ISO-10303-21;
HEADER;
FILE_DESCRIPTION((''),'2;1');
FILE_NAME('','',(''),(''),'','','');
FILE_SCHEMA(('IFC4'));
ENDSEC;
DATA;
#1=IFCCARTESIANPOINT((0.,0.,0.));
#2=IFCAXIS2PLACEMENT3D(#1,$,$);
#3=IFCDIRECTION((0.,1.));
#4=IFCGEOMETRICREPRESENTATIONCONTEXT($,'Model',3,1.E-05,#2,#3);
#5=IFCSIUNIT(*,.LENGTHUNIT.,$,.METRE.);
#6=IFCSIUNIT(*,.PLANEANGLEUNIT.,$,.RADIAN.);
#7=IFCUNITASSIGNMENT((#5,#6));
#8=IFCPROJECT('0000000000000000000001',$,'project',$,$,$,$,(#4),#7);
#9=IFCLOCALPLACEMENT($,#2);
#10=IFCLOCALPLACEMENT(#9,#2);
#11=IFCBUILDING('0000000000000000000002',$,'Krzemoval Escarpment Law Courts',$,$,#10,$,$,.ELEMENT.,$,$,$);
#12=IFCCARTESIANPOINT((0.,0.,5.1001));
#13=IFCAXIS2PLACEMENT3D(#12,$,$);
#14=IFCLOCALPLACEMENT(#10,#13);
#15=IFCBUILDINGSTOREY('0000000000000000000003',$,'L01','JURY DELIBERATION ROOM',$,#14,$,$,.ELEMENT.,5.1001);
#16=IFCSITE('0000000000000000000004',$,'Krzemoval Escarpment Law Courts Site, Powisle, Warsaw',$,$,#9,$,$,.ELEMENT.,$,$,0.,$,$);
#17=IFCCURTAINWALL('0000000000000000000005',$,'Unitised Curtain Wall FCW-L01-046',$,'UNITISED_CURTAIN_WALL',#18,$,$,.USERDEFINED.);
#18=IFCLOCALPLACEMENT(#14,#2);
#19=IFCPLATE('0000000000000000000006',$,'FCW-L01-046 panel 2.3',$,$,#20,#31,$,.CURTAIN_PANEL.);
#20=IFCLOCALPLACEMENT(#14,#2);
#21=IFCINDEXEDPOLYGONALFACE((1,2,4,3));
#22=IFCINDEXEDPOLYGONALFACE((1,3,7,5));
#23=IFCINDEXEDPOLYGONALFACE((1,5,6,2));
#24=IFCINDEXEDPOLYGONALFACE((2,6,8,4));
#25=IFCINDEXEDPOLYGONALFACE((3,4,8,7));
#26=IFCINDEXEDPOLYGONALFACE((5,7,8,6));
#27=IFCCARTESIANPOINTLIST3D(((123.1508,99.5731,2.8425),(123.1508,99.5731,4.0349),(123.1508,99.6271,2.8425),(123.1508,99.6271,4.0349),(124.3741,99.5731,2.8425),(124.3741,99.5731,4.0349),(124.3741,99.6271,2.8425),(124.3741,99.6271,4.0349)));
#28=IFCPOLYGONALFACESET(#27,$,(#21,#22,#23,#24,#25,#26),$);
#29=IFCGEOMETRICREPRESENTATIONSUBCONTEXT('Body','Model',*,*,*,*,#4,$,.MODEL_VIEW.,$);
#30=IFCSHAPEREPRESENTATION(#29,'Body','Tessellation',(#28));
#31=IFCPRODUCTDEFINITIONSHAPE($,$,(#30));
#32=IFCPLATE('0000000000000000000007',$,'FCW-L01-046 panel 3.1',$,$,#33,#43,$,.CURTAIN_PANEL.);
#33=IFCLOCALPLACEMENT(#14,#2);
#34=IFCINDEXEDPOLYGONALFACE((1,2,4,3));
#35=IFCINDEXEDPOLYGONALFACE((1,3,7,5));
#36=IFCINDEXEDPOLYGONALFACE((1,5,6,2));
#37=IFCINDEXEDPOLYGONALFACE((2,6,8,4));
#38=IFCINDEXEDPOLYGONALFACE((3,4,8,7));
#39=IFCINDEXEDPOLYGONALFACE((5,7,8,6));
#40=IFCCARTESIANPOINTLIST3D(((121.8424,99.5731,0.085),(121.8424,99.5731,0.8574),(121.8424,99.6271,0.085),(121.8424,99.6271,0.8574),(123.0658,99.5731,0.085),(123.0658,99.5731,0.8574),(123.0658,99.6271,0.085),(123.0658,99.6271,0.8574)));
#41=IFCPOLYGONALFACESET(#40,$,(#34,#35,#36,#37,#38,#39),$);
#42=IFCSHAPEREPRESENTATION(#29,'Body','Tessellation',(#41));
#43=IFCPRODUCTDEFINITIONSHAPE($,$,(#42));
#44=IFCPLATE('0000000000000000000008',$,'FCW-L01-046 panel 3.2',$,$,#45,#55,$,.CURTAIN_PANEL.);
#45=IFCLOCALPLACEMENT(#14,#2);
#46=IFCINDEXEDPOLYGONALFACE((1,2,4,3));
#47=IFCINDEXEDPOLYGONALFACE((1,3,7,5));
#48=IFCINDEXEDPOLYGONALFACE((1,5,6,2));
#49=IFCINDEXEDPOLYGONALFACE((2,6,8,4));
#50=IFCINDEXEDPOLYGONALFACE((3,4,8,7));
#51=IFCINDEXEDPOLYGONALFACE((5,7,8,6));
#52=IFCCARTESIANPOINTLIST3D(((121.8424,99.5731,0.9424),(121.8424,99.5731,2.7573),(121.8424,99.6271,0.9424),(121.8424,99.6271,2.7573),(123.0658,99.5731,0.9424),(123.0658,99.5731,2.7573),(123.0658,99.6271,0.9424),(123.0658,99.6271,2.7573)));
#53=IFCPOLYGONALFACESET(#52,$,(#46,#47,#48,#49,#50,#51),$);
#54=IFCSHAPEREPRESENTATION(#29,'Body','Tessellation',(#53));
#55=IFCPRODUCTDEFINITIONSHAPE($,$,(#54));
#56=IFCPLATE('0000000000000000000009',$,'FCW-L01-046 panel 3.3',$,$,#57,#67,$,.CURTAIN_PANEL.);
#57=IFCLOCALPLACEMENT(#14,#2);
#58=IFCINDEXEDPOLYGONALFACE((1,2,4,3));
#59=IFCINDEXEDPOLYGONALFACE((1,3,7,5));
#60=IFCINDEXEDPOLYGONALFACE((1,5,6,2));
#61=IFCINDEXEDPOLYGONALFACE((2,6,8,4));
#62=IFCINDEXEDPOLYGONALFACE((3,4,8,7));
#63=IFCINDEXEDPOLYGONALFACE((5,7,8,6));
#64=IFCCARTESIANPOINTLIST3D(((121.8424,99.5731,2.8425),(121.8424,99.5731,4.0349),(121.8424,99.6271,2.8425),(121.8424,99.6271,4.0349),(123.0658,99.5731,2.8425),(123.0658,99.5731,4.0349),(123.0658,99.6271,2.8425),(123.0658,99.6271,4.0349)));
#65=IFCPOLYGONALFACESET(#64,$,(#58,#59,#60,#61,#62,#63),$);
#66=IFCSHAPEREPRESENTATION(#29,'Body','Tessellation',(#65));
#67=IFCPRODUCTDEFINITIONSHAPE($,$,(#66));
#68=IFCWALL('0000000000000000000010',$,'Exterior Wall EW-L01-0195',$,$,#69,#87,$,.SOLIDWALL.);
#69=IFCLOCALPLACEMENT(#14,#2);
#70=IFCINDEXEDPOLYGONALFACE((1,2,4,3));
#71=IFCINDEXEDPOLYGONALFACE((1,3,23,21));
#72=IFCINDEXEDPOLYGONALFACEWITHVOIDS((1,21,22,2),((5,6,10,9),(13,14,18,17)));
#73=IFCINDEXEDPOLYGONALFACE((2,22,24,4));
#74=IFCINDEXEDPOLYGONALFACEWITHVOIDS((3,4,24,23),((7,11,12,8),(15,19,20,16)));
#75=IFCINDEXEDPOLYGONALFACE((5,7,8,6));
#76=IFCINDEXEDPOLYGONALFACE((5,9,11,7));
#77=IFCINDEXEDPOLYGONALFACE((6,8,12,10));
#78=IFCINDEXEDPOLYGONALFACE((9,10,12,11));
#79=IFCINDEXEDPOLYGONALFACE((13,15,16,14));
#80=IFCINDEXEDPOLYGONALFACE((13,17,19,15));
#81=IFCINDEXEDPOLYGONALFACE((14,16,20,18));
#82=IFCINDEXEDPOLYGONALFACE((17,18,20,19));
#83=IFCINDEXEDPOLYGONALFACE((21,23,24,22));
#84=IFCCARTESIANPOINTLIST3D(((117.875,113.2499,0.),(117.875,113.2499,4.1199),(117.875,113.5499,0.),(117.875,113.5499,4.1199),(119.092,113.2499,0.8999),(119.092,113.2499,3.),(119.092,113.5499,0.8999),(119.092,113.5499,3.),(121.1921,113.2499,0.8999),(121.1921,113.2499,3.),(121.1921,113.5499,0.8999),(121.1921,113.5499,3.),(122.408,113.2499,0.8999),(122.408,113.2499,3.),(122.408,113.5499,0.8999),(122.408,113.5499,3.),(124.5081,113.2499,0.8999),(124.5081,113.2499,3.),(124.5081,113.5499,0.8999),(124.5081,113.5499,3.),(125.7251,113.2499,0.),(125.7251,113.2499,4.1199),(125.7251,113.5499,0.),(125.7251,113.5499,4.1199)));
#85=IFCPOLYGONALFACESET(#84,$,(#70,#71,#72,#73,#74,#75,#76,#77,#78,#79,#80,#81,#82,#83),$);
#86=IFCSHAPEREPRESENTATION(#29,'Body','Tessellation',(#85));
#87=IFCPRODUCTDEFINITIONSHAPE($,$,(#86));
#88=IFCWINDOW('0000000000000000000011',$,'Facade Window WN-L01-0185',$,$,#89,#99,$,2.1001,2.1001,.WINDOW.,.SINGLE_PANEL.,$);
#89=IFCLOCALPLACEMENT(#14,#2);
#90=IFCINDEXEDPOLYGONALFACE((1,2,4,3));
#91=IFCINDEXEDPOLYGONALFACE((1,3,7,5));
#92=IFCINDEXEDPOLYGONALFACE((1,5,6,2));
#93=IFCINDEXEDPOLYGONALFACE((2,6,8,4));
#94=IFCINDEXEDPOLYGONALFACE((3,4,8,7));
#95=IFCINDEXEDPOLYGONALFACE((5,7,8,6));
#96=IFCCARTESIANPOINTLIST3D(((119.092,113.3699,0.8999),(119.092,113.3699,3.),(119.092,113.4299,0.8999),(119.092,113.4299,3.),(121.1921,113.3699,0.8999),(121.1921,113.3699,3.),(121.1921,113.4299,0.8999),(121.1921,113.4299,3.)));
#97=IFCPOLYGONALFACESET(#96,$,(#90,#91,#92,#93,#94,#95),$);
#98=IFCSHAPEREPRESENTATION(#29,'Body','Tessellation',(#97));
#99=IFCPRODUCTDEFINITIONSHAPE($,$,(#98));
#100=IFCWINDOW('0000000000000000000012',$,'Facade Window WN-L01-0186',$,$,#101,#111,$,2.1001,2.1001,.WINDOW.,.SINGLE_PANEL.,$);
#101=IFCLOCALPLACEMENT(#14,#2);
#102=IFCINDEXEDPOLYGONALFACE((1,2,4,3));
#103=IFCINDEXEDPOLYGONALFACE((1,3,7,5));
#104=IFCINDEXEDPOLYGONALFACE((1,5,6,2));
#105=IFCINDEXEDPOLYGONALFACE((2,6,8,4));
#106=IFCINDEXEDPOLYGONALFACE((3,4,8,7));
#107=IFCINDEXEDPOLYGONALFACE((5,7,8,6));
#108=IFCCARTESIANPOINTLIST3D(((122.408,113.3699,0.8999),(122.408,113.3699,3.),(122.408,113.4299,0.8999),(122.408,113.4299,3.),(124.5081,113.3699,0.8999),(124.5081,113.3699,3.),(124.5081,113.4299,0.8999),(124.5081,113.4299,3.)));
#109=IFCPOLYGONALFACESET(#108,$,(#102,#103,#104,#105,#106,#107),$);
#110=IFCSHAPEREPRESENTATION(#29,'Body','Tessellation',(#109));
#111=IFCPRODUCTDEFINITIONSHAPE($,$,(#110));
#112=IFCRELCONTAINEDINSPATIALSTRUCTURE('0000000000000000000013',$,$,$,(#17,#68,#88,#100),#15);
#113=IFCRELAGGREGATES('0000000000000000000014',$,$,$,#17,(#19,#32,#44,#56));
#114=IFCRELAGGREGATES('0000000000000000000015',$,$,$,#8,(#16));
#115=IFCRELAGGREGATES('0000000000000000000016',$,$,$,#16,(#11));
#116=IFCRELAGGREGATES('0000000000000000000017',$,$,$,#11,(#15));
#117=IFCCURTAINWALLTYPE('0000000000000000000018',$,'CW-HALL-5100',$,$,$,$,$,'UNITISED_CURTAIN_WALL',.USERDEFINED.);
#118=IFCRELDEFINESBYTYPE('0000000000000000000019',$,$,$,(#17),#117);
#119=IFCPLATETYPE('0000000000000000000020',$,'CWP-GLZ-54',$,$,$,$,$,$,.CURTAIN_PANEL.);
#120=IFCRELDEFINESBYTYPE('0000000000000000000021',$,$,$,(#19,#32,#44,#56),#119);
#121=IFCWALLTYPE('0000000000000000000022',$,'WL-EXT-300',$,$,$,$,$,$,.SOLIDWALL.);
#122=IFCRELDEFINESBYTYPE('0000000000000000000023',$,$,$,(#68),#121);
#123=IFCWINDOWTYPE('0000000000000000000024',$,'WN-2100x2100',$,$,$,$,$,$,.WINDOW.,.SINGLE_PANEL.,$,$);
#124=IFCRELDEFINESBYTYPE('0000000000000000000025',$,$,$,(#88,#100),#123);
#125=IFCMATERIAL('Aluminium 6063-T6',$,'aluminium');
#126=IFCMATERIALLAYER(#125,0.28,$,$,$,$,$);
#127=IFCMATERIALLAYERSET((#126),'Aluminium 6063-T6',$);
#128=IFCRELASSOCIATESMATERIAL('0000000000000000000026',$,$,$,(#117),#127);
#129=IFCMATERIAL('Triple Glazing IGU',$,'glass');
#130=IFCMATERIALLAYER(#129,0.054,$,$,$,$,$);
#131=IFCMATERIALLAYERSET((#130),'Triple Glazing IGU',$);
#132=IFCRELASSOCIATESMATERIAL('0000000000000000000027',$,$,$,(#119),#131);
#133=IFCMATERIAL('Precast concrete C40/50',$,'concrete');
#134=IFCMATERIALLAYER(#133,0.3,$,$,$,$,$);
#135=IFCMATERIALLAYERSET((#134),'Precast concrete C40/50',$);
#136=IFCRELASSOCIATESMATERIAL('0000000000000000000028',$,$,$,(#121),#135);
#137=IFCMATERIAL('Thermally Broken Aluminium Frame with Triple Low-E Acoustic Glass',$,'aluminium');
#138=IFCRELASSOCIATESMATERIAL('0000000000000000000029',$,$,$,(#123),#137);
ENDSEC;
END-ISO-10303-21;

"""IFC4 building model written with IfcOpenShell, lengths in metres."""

from ifc_helpers import new_model, si_unit, direction, frame, frame_2d, origin, origin_2d, place, context, subcontext, project, spatial, rectangle, extrude, material, layer, layer_set, type_object, element, fill, aggregate, save


model = new_model("IFC4")

# Units and contexts
model_context = context("Model", 3, precision=1e-05, world=origin(), true_north=direction((0.0, 1.0)))
body_context = subcontext(model_context, "Body", "Model", "MODEL_VIEW")
ifc_project = project(units=[si_unit("LENGTHUNIT", "METRE"), si_unit("PLANEANGLEUNIT", "RADIAN")], contexts=[model_context])

# Site, building, storey
site_placement = place(None, origin())
site = spatial("IfcSite", under=ifc_project, at=site_placement, Name="Krzemoval Escarpment Law Courts Site, Powisle, Warsaw", CompositionType="ELEMENT", RefElevation=0.0)
building_placement = place(site_placement, origin())
building = spatial("IfcBuilding", under=site, at=building_placement, Name="Krzemoval Escarpment Law Courts", CompositionType="ELEMENT")
storey_placement = place(building_placement, frame((0.0, 0.0, 5.1001)))
storey = spatial("IfcBuildingStorey", under=building, at=storey_placement, Name="L01", Description="JURY DELIBERATION ROOM", CompositionType="ELEMENT", Elevation=5.1001)

# Curtain wall
ifc_material_1 = material(Name="Aluminium 6063-T6", Category="aluminium")
ifc_layer_1 = layer(ifc_material_1, 0.28)
ifc_layer_set_1 = layer_set([ifc_layer_1], Name="Aluminium 6063-T6")
curtain_wall_type = type_object("IfcCurtainWallType", Name="CW-HALL-5100", ElementType="UNITISED_CURTAIN_WALL", PredefinedType="USERDEFINED", material=ifc_layer_set_1)
curtain_wall_placement = place(storey_placement, origin())
curtain_wall = element("IfcCurtainWall", 1, at=curtain_wall_placement, inside=storey, type_object=curtain_wall_type, Name="Unitised Curtain Wall FCW-L01-046", ObjectType="UNITISED_CURTAIN_WALL", PredefinedType="USERDEFINED")

# Plates
ifc_material_2 = material(Name="Triple Glazing IGU", Category="glass")
ifc_layer_2 = layer(ifc_material_2, 0.054)
ifc_layer_set_2 = layer_set([ifc_layer_2], Name="Triple Glazing IGU")
plate_type = type_object("IfcPlateType", Name="CWP-GLZ-54", PredefinedType="CURTAIN_PANEL", material=ifc_layer_set_2)
plate_1_placement = place(storey_placement, frame((123.7625, 99.6001, 2.8425), z_axis=(0.0, 0.0, 1.0), x_axis=(-1.0, 0.0, 0.0)))
plate_1 = element("IfcPlate", 2, at=plate_1_placement, type_object=plate_type, Name="FCW-L01-046 panel 2.3", PredefinedType="CURTAIN_PANEL", context=body_context, shape_type="SweptSolid", body=[
    extrude(rectangle(XDim=1.2234, YDim=0.054, at=origin_2d()), origin(), (0.0, 0.0, 1.0), 1.1924),
])
plate_2_placement = place(storey_placement, frame((122.4541, 99.6001, 0.085), z_axis=(0.0, 0.0, 1.0), x_axis=(-1.0, 0.0, 0.0)))
plate_2 = element("IfcPlate", 3, at=plate_2_placement, type_object=plate_type, Name="FCW-L01-046 panel 3.1", PredefinedType="CURTAIN_PANEL", context=body_context, shape_type="SweptSolid", body=[
    extrude(rectangle(XDim=1.2234, YDim=0.054, at=origin_2d()), origin(), (0.0, 0.0, 1.0), 0.7725),
])
plate_3_placement = place(storey_placement, frame((122.4541, 99.6001, 0.9424), z_axis=(0.0, 0.0, 1.0), x_axis=(-1.0, 0.0, 0.0)))
plate_3 = element("IfcPlate", 4, at=plate_3_placement, type_object=plate_type, Name="FCW-L01-046 panel 3.2", PredefinedType="CURTAIN_PANEL", context=body_context, shape_type="SweptSolid", body=[
    extrude(rectangle(XDim=1.2234, YDim=0.054, at=origin_2d()), origin(), (0.0, 0.0, 1.0), 1.8149),
])
plate_4_placement = place(storey_placement, frame((122.4541, 99.6001, 2.8425), z_axis=(0.0, 0.0, 1.0), x_axis=(-1.0, 0.0, 0.0)))
plate_4 = element("IfcPlate", 5, at=plate_4_placement, type_object=plate_type, Name="FCW-L01-046 panel 3.3", PredefinedType="CURTAIN_PANEL", context=body_context, shape_type="SweptSolid", body=[
    extrude(rectangle(XDim=1.2234, YDim=0.054, at=origin_2d()), origin(), (0.0, 0.0, 1.0), 1.1924),
])
aggregate(curtain_wall, [plate_1, plate_2, plate_3, plate_4])

# Wall, openings, windows
ifc_material_3 = material(Name="Precast concrete C40/50", Category="concrete")
ifc_layer_3 = layer(ifc_material_3, 0.3)
ifc_layer_set_3 = layer_set([ifc_layer_3], Name="Precast concrete C40/50")
wall_type = type_object("IfcWallType", Name="WL-EXT-300", PredefinedType="SOLIDWALL", material=ifc_layer_set_3)
wall_placement = place(storey_placement, frame((117.875, 113.3999, 0.0), z_axis=(0.0, 0.0, 1.0), x_axis=(1.0, 0.0, 0.0)))
wall = element("IfcWall", 6, at=wall_placement, inside=storey, type_object=wall_type, Name="Exterior Wall EW-L01-0195", PredefinedType="SOLIDWALL", context=body_context, shape_type="SweptSolid", body=[
    extrude(rectangle(XDim=7.8501, YDim=0.3, at=frame_2d((3.925, 0.0))), origin(), (0.0, 0.0, 1.0), 4.1199),
])
opening_1_placement = place(wall_placement, frame((1.217, 0.0, 0.8999)))
opening_1 = element("IfcOpeningElement", 7, at=opening_1_placement, cuts=wall, PredefinedType="OPENING", context=body_context, shape_type="SweptSolid", body=[
    extrude(rectangle(XDim=2.1001, YDim=2.1001, at=frame_2d((1.05, 1.05))), frame((0.0, 0.165, 0.0), z_axis=(0.0, -1.0, 0.0), x_axis=(1.0, 0.0, 0.0)), (0.0, 0.0, 1.0), 0.3301),
])
opening_2_placement = place(wall_placement, frame((4.533, 0.0, 0.8999)))
opening_2 = element("IfcOpeningElement", 8, at=opening_2_placement, cuts=wall, PredefinedType="OPENING", context=body_context, shape_type="SweptSolid", body=[
    extrude(rectangle(XDim=2.1001, YDim=2.1001, at=frame_2d((1.05, 1.05))), frame((0.0, 0.165, 0.0), z_axis=(0.0, -1.0, 0.0), x_axis=(1.0, 0.0, 0.0)), (0.0, 0.0, 1.0), 0.3301),
])
ifc_material_4 = material(Name="Thermally Broken Aluminium Frame with Triple Low-E Acoustic Glass", Category="aluminium")
window_type = type_object("IfcWindowType", Name="WN-2100x2100", PartitioningType="SINGLE_PANEL", PredefinedType="WINDOW", material=ifc_material_4)
window_1_placement = place(opening_1_placement, origin())
window_1 = element("IfcWindow", 9, at=window_1_placement, inside=storey, type_object=window_type, Name="Facade Window WN-L01-0185", OverallHeight=2.1001, OverallWidth=2.1001, PartitioningType="SINGLE_PANEL", PredefinedType="WINDOW", context=body_context, shape_type="SweptSolid", body=[
    extrude(rectangle(XDim=2.1001, YDim=2.1001, at=frame_2d((1.05, 1.05))), frame((0.0, 0.03, 0.0), z_axis=(0.0, -1.0, 0.0), x_axis=(1.0, 0.0, 0.0)), (0.0, 0.0, 1.0), 0.0601),
])
fill(opening_1, window_1)
window_2_placement = place(opening_2_placement, origin())
window_2 = element("IfcWindow", 10, at=window_2_placement, inside=storey, type_object=window_type, Name="Facade Window WN-L01-0186", OverallHeight=2.1001, OverallWidth=2.1001, PartitioningType="SINGLE_PANEL", PredefinedType="WINDOW", context=body_context, shape_type="SweptSolid", body=[
    extrude(rectangle(XDim=2.1001, YDim=2.1001, at=frame_2d((1.05, 1.05))), frame((0.0, 0.03, 0.0), z_axis=(0.0, -1.0, 0.0), x_axis=(1.0, 0.0, 0.0)), (0.0, 0.0, 1.0), 0.0601),
])
fill(opening_2, window_2)

save(model, "model.ifc")
